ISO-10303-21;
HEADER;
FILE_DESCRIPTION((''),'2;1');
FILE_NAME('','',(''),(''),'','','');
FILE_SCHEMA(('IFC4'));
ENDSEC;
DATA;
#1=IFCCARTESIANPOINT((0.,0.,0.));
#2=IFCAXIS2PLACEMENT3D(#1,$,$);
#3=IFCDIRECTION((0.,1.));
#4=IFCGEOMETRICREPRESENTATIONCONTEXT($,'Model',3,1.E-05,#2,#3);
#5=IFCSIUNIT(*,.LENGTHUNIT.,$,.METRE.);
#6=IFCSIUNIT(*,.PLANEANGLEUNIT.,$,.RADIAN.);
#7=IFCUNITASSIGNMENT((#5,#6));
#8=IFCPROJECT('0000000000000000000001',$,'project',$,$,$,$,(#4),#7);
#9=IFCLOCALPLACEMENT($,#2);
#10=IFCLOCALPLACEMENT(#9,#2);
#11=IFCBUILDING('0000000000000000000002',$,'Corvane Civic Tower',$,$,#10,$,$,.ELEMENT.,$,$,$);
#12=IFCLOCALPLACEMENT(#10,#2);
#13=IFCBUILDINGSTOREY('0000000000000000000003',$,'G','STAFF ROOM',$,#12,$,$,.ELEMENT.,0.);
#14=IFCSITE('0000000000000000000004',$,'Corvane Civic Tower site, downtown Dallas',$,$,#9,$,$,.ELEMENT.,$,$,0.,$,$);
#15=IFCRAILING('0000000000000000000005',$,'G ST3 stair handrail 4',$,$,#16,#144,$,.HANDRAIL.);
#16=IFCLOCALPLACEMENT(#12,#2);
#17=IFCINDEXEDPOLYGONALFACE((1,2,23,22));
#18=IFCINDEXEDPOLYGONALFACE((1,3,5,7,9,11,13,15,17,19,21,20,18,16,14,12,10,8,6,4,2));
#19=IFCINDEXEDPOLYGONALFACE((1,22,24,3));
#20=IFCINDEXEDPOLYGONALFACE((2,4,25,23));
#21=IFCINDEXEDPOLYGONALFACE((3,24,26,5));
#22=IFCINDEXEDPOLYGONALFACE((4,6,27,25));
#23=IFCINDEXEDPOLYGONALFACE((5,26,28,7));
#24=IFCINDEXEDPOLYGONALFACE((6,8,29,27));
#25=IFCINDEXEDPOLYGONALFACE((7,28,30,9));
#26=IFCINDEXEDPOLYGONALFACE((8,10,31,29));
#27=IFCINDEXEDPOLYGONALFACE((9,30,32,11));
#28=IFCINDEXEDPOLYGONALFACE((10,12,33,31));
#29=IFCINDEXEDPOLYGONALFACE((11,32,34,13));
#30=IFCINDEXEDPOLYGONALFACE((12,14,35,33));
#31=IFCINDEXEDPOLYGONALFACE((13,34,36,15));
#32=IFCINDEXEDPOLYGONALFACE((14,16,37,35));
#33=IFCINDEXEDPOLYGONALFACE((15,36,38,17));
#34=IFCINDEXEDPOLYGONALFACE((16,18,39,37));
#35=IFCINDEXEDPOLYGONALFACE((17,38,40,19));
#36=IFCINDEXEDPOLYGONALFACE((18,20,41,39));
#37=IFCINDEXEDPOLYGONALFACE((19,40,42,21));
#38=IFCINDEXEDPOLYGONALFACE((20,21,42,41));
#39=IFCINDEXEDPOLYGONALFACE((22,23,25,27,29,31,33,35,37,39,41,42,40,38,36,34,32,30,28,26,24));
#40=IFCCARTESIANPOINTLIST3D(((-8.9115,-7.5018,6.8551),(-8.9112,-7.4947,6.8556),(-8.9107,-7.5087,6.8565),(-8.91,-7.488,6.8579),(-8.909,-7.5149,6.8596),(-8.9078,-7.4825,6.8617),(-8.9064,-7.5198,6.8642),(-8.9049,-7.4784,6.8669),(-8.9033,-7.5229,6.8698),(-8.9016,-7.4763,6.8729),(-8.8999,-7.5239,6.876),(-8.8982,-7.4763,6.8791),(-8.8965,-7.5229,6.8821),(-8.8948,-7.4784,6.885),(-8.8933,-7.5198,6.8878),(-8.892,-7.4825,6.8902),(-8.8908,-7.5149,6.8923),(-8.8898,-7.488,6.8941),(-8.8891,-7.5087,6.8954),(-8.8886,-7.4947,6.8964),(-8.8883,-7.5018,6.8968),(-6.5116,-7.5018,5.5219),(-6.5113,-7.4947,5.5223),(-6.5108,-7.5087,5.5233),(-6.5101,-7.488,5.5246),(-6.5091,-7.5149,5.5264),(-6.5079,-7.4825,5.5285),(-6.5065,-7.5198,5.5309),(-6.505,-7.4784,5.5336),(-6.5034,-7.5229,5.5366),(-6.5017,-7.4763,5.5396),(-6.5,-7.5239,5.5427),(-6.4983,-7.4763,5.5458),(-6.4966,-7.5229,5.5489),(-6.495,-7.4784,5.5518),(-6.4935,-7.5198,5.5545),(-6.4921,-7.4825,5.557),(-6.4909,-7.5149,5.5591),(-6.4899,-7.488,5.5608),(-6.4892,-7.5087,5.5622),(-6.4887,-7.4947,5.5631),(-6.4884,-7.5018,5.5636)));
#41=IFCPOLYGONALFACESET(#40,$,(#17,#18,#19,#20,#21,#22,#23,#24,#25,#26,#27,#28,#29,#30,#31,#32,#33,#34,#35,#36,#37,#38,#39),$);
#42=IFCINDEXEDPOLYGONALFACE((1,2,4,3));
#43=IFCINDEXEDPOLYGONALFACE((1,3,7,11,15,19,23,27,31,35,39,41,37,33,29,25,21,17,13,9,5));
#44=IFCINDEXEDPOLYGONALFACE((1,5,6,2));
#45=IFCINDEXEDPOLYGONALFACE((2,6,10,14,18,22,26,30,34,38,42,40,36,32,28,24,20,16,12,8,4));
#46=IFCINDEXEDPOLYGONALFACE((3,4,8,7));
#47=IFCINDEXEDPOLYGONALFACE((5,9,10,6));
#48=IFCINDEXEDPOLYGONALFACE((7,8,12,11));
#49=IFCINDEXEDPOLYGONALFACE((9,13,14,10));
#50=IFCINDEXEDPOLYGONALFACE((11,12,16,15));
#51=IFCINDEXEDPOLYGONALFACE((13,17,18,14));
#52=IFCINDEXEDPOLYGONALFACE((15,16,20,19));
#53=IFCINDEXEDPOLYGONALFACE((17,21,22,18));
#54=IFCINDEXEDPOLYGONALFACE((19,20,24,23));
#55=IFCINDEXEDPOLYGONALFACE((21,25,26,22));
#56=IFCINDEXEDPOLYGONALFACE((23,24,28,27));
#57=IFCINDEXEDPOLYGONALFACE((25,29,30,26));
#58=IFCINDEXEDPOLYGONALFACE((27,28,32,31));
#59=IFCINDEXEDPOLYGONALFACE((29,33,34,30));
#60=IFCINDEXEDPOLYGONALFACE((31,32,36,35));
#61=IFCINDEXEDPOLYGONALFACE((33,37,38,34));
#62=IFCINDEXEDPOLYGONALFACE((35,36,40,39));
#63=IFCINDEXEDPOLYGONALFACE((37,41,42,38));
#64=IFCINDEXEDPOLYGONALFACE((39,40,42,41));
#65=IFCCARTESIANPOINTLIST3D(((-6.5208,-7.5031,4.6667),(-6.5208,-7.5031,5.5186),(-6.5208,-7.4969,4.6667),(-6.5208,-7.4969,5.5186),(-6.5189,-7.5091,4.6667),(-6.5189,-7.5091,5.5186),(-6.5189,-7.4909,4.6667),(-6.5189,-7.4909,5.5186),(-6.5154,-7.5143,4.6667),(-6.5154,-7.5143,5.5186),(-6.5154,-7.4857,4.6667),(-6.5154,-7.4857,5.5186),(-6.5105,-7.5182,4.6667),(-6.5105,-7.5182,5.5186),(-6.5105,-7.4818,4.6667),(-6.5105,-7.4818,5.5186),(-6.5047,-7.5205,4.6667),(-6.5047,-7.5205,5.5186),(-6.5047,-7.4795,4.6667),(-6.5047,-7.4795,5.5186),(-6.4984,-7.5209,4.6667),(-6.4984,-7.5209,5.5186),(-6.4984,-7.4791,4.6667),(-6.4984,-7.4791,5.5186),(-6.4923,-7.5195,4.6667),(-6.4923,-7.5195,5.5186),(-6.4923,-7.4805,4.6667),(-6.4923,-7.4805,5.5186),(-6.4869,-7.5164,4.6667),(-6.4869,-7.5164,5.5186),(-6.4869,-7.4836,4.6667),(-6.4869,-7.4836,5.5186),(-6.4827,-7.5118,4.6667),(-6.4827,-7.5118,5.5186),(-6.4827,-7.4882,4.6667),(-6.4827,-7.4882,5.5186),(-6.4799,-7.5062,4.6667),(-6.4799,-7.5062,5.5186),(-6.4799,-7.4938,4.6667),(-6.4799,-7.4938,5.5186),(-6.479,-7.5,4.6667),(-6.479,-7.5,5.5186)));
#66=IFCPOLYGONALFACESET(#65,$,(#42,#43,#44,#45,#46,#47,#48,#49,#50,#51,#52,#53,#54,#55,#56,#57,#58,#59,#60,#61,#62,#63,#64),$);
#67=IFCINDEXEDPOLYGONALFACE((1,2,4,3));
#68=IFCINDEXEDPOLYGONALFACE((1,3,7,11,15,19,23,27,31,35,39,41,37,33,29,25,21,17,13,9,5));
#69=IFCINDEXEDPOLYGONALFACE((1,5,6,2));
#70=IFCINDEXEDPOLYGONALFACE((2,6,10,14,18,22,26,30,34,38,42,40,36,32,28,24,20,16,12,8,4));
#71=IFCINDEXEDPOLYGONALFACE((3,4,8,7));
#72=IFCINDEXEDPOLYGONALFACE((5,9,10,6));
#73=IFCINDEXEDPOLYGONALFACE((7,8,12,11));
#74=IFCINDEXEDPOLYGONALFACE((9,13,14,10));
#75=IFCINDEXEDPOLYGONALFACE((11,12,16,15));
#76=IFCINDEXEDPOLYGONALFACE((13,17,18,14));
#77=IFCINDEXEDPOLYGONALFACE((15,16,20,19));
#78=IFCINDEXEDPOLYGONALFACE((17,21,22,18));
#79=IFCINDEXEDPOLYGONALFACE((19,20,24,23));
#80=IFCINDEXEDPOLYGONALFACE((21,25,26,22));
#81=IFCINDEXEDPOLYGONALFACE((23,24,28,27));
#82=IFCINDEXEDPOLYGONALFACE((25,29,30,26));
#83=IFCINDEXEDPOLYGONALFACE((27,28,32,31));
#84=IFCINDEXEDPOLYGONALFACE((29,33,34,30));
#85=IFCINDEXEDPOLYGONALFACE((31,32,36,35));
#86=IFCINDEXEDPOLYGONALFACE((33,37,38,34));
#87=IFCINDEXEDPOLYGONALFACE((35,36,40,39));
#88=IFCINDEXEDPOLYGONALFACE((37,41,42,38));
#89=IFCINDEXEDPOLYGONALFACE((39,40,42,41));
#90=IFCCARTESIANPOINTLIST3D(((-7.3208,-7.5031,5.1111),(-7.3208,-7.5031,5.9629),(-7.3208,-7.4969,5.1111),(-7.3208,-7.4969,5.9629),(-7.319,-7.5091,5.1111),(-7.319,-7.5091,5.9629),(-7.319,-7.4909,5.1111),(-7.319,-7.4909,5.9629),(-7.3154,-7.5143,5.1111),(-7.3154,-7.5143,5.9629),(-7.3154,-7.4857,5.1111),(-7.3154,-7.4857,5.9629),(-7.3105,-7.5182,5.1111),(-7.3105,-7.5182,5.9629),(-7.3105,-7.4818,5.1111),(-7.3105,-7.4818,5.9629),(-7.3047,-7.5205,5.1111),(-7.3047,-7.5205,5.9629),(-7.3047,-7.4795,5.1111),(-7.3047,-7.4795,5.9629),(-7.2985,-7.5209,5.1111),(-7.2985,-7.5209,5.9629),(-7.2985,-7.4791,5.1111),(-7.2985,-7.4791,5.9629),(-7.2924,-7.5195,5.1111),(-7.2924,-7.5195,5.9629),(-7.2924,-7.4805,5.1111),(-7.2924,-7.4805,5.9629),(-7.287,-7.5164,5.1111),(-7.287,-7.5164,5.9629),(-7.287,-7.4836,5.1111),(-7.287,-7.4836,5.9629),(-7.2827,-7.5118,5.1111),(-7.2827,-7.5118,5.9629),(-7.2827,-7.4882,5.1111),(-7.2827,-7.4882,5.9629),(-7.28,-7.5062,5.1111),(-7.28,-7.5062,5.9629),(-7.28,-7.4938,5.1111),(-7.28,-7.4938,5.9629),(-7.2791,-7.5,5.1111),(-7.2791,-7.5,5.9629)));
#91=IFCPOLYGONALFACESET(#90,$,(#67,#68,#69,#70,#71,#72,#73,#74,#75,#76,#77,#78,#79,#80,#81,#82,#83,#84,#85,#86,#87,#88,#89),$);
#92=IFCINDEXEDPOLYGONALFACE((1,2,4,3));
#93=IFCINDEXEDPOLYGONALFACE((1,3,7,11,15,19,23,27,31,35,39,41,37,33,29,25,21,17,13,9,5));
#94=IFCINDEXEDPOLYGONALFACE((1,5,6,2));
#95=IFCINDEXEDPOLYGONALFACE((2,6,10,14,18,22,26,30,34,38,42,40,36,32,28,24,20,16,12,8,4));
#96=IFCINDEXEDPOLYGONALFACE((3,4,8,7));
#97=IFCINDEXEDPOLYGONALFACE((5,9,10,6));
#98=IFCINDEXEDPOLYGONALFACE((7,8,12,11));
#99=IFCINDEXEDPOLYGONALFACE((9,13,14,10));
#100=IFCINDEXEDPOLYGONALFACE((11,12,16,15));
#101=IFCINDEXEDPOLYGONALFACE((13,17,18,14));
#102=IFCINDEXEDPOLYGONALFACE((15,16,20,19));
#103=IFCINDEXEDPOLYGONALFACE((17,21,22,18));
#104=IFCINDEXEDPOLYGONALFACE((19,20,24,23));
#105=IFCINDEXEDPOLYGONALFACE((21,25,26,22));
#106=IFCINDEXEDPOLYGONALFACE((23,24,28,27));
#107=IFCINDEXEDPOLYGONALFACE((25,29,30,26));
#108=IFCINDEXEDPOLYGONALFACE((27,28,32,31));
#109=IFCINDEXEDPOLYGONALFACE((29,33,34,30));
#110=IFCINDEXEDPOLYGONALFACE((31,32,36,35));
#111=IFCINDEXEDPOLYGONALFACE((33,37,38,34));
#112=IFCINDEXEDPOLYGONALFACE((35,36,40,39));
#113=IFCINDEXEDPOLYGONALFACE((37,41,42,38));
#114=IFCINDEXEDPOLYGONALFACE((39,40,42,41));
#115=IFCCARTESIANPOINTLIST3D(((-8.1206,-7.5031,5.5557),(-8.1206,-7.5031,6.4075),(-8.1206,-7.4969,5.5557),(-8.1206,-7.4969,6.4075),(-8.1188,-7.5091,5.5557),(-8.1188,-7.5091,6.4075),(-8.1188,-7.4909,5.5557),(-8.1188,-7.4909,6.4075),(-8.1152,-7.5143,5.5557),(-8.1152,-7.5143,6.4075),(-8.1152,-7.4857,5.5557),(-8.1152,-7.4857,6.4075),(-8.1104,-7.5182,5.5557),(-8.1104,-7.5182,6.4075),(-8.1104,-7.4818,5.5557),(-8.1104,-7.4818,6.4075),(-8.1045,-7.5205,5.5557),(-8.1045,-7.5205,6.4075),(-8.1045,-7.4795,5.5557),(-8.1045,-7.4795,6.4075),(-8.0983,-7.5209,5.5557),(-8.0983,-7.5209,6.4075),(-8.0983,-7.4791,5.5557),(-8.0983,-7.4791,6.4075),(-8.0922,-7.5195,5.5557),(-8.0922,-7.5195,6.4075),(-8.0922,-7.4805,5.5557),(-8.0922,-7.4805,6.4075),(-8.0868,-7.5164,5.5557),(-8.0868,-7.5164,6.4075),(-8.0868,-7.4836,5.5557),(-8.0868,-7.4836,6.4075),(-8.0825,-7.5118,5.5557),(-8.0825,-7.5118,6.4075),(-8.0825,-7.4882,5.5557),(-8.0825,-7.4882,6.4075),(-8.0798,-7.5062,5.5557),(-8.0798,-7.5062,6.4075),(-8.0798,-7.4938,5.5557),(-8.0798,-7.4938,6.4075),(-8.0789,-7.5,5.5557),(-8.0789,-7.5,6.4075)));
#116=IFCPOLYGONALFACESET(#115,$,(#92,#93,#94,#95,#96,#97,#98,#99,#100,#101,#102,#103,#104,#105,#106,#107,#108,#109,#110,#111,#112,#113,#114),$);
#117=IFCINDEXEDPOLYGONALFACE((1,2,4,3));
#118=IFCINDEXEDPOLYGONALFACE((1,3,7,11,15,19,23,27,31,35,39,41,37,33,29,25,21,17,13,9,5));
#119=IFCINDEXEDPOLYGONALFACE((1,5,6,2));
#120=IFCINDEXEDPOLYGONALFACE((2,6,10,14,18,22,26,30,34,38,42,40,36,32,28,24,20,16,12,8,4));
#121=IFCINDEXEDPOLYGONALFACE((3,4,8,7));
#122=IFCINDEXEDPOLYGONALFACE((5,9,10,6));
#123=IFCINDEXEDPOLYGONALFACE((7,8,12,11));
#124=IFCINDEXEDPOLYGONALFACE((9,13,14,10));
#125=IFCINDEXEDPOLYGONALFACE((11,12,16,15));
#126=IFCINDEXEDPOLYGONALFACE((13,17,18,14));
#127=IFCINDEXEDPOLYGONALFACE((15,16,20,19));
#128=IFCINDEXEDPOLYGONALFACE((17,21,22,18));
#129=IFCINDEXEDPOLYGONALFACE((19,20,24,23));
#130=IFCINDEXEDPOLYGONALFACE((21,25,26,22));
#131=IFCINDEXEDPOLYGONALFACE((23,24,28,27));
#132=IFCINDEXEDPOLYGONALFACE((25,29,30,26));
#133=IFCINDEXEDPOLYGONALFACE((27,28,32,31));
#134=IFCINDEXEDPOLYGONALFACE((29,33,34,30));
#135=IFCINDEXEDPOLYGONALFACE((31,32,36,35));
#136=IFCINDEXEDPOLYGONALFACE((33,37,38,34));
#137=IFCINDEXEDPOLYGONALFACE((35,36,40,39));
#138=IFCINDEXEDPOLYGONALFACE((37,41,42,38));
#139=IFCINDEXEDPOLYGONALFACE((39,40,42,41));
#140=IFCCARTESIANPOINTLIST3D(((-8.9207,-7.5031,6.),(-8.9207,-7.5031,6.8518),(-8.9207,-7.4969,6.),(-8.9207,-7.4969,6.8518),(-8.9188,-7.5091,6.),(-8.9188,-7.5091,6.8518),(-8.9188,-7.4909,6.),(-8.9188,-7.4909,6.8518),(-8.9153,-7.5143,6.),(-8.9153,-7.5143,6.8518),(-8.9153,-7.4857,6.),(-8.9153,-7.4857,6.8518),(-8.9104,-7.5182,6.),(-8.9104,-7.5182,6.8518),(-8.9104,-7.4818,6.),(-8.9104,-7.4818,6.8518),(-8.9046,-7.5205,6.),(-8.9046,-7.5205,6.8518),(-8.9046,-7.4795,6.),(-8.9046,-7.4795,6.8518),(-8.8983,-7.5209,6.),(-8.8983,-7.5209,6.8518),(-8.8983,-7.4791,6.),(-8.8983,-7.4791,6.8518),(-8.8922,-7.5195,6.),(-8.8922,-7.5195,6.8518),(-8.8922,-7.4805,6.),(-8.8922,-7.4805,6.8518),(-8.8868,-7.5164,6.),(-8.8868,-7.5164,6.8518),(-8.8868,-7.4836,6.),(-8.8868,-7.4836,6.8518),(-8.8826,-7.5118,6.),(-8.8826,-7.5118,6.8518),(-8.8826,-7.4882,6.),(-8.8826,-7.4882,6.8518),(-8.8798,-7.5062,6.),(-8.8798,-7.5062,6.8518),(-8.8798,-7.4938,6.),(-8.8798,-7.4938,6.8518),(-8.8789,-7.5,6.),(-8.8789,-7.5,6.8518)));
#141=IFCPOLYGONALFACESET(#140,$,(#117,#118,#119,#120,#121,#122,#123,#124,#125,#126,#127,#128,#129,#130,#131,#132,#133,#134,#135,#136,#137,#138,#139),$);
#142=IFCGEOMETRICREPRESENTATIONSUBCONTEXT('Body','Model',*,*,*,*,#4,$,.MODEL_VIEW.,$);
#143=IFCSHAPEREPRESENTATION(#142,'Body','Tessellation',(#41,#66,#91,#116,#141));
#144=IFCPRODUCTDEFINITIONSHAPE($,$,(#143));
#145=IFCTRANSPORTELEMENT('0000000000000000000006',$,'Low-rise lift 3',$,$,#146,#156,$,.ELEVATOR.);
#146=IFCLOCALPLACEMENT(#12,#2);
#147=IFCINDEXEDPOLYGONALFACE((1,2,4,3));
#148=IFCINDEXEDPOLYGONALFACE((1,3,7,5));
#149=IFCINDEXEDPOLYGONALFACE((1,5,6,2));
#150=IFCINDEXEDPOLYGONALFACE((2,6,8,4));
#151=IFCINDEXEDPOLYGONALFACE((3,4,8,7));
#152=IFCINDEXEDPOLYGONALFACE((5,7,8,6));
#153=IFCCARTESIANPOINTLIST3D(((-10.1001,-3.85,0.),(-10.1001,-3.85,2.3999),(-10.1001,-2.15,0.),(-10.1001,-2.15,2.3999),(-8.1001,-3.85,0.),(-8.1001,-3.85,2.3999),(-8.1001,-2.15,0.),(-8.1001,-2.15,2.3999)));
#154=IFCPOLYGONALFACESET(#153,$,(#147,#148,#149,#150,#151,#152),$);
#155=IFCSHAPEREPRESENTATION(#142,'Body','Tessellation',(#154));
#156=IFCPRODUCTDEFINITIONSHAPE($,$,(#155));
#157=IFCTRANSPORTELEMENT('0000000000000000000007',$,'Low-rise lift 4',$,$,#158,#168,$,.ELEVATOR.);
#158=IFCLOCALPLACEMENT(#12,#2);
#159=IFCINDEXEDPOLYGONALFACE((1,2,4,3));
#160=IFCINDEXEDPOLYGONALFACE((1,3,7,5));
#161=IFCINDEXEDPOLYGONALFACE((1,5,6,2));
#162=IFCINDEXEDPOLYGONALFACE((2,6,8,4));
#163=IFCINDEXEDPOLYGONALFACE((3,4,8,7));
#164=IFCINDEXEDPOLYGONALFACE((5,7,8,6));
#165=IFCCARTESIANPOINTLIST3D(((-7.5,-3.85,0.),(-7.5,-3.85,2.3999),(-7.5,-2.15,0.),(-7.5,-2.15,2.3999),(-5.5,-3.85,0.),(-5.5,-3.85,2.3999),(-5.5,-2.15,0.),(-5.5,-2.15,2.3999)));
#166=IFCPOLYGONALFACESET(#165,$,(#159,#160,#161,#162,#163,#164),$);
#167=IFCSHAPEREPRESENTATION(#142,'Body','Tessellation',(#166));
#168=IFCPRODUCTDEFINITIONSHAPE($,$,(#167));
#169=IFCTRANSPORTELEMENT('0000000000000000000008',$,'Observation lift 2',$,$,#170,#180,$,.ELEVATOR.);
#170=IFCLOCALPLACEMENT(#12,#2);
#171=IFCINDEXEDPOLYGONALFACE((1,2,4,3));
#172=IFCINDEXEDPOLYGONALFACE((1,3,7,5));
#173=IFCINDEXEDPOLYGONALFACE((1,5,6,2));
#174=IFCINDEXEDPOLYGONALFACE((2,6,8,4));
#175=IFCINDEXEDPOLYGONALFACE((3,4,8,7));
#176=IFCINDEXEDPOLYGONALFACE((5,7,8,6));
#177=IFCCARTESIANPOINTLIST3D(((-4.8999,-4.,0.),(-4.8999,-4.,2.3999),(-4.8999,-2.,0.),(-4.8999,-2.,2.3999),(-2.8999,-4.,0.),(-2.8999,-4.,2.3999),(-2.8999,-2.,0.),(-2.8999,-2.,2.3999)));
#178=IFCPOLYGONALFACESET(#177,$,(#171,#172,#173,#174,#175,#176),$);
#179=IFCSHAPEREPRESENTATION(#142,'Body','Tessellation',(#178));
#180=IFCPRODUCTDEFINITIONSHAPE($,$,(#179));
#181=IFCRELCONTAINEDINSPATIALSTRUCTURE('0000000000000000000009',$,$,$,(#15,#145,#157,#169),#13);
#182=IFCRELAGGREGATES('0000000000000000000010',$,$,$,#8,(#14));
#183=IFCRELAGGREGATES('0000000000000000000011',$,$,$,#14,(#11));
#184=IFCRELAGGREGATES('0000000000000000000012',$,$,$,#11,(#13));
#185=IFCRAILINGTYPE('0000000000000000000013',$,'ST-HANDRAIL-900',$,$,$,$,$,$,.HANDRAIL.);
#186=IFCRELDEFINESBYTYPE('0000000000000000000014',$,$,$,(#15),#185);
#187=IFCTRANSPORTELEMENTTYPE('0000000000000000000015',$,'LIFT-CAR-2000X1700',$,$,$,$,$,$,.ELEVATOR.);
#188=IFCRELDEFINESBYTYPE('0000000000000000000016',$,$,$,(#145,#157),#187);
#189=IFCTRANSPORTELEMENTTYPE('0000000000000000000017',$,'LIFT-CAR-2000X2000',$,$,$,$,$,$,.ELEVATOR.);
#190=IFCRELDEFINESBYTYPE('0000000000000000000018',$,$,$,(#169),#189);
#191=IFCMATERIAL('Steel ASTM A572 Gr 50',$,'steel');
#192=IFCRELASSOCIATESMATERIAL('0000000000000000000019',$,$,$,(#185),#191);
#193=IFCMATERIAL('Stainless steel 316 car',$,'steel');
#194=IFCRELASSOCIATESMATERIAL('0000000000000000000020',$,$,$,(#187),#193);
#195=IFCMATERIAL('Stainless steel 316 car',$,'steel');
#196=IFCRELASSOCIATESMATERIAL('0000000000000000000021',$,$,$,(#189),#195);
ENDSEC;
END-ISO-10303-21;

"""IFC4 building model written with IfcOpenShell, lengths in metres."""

from ifc_helpers import new_model, si_unit, direction, frame, origin, origin_2d, place, context, subcontext, project, spatial, rectangle, circle, extrude, material, type_object, element, save


model = new_model("IFC4")

# Units and contexts
model_context = context("Model", 3, precision=1e-05, world=origin(), true_north=direction((0.0, 1.0)))
body_context = subcontext(model_context, "Body", "Model", "MODEL_VIEW")
ifc_project = project(units=[si_unit("LENGTHUNIT", "METRE"), si_unit("PLANEANGLEUNIT", "RADIAN")], contexts=[model_context])

# Site, building, storey
site_placement = place(None, origin())
site = spatial("IfcSite", under=ifc_project, at=site_placement, Name="Corvane Civic Tower site, downtown Dallas", CompositionType="ELEMENT", RefElevation=0.0)
building_placement = place(site_placement, origin())
building = spatial("IfcBuilding", under=site, at=building_placement, Name="Corvane Civic Tower", CompositionType="ELEMENT")
storey_placement = place(building_placement, origin())
storey = spatial("IfcBuildingStorey", under=building, at=storey_placement, Name="G", Description="STAFF ROOM", CompositionType="ELEMENT", Elevation=0.0)

# Railing
ifc_material_1 = material(Name="Steel ASTM A572 Gr 50", Category="steel")
railing_type_1 = type_object("IfcRailingType", Name="ST-HANDRAIL-900", PredefinedType="HANDRAIL", material=ifc_material_1)
for number, where, name in (
    (1, (-6.5, -7.5, 4.6667), "G ST3 stair handrail 4"),
):
    element("IfcRailing", number, at=place(storey_placement, frame(where)), inside=storey, type_object=railing_type_1, Name=name, PredefinedType="HANDRAIL", context=body_context, shape_type="SweptSolid", body=[
        extrude(circle(Radius=0.0239, at=origin_2d()), frame((0.0, 0.0, 0.876), z_axis=(-0.874161, 0.0, 0.485635), x_axis=(0.0, -1.0, 0.0)), (0.0, 0.0, 1.0), 2.7454),
        extrude(circle(Radius=0.021, at=origin_2d()), origin(), (0.0, 0.0, 1.0), 0.8518),
        extrude(circle(Radius=0.021, at=origin_2d()), frame((-0.8, 0.0, 0.4443)), (0.0, 0.0, 1.0), 0.8518),
        extrude(circle(Radius=0.021, at=origin_2d()), frame((-1.5999, 0.0, 0.8889)), (0.0, 0.0, 1.0), 0.8518),
        extrude(circle(Radius=0.021, at=origin_2d()), frame((-2.3999, 0.0, 1.3333)), (0.0, 0.0, 1.0), 0.8518),
    ])

# Transport elements
ifc_material_2 = material(Name="Stainless steel 316 car", Category="steel")
transport_element_type_1 = type_object("IfcTransportElementType", Name="LIFT-CAR-2000X1700", PredefinedType="ELEVATOR", material=ifc_material_2)
for number, where, z_axis, x_axis, name in (
    (2, (-9.1001, -3.0, 0.0), (0.0, 0.0, 1.0), (1.0, 0.0, 0.0), "Low-rise lift 3"),
    (3, (-6.5, -3.0, 0.0), (0.0, 0.0, 1.0), (1.0, 0.0, 0.0), "Low-rise lift 4"),
):
    element("IfcTransportElement", number, at=place(storey_placement, frame(where, z_axis=z_axis, x_axis=x_axis)), inside=storey, type_object=transport_element_type_1, Name=name, PredefinedType="ELEVATOR", context=body_context, shape_type="SweptSolid", body=[
        extrude(rectangle(XDim=2.0, YDim=1.7, at=origin_2d()), origin(), (0.0, 0.0, 1.0), 2.3999),
    ])
ifc_material_3 = material(Name="Stainless steel 316 car", Category="steel")
transport_element_type_2 = type_object("IfcTransportElementType", Name="LIFT-CAR-2000X2000", PredefinedType="ELEVATOR", material=ifc_material_3)
transport_element_placement = place(storey_placement, frame((-3.8999, -3.0, 0.0), z_axis=(0.0, 0.0, 1.0), x_axis=(1.0, 0.0, 0.0)))
element("IfcTransportElement", 4, at=transport_element_placement, inside=storey, type_object=transport_element_type_2, Name="Observation lift 2", PredefinedType="ELEVATOR", context=body_context, shape_type="SweptSolid", body=[
    extrude(rectangle(XDim=2.0, YDim=2.0, at=origin_2d()), origin(), (0.0, 0.0, 1.0), 2.3999),
])

save(model, "model.ifc")
